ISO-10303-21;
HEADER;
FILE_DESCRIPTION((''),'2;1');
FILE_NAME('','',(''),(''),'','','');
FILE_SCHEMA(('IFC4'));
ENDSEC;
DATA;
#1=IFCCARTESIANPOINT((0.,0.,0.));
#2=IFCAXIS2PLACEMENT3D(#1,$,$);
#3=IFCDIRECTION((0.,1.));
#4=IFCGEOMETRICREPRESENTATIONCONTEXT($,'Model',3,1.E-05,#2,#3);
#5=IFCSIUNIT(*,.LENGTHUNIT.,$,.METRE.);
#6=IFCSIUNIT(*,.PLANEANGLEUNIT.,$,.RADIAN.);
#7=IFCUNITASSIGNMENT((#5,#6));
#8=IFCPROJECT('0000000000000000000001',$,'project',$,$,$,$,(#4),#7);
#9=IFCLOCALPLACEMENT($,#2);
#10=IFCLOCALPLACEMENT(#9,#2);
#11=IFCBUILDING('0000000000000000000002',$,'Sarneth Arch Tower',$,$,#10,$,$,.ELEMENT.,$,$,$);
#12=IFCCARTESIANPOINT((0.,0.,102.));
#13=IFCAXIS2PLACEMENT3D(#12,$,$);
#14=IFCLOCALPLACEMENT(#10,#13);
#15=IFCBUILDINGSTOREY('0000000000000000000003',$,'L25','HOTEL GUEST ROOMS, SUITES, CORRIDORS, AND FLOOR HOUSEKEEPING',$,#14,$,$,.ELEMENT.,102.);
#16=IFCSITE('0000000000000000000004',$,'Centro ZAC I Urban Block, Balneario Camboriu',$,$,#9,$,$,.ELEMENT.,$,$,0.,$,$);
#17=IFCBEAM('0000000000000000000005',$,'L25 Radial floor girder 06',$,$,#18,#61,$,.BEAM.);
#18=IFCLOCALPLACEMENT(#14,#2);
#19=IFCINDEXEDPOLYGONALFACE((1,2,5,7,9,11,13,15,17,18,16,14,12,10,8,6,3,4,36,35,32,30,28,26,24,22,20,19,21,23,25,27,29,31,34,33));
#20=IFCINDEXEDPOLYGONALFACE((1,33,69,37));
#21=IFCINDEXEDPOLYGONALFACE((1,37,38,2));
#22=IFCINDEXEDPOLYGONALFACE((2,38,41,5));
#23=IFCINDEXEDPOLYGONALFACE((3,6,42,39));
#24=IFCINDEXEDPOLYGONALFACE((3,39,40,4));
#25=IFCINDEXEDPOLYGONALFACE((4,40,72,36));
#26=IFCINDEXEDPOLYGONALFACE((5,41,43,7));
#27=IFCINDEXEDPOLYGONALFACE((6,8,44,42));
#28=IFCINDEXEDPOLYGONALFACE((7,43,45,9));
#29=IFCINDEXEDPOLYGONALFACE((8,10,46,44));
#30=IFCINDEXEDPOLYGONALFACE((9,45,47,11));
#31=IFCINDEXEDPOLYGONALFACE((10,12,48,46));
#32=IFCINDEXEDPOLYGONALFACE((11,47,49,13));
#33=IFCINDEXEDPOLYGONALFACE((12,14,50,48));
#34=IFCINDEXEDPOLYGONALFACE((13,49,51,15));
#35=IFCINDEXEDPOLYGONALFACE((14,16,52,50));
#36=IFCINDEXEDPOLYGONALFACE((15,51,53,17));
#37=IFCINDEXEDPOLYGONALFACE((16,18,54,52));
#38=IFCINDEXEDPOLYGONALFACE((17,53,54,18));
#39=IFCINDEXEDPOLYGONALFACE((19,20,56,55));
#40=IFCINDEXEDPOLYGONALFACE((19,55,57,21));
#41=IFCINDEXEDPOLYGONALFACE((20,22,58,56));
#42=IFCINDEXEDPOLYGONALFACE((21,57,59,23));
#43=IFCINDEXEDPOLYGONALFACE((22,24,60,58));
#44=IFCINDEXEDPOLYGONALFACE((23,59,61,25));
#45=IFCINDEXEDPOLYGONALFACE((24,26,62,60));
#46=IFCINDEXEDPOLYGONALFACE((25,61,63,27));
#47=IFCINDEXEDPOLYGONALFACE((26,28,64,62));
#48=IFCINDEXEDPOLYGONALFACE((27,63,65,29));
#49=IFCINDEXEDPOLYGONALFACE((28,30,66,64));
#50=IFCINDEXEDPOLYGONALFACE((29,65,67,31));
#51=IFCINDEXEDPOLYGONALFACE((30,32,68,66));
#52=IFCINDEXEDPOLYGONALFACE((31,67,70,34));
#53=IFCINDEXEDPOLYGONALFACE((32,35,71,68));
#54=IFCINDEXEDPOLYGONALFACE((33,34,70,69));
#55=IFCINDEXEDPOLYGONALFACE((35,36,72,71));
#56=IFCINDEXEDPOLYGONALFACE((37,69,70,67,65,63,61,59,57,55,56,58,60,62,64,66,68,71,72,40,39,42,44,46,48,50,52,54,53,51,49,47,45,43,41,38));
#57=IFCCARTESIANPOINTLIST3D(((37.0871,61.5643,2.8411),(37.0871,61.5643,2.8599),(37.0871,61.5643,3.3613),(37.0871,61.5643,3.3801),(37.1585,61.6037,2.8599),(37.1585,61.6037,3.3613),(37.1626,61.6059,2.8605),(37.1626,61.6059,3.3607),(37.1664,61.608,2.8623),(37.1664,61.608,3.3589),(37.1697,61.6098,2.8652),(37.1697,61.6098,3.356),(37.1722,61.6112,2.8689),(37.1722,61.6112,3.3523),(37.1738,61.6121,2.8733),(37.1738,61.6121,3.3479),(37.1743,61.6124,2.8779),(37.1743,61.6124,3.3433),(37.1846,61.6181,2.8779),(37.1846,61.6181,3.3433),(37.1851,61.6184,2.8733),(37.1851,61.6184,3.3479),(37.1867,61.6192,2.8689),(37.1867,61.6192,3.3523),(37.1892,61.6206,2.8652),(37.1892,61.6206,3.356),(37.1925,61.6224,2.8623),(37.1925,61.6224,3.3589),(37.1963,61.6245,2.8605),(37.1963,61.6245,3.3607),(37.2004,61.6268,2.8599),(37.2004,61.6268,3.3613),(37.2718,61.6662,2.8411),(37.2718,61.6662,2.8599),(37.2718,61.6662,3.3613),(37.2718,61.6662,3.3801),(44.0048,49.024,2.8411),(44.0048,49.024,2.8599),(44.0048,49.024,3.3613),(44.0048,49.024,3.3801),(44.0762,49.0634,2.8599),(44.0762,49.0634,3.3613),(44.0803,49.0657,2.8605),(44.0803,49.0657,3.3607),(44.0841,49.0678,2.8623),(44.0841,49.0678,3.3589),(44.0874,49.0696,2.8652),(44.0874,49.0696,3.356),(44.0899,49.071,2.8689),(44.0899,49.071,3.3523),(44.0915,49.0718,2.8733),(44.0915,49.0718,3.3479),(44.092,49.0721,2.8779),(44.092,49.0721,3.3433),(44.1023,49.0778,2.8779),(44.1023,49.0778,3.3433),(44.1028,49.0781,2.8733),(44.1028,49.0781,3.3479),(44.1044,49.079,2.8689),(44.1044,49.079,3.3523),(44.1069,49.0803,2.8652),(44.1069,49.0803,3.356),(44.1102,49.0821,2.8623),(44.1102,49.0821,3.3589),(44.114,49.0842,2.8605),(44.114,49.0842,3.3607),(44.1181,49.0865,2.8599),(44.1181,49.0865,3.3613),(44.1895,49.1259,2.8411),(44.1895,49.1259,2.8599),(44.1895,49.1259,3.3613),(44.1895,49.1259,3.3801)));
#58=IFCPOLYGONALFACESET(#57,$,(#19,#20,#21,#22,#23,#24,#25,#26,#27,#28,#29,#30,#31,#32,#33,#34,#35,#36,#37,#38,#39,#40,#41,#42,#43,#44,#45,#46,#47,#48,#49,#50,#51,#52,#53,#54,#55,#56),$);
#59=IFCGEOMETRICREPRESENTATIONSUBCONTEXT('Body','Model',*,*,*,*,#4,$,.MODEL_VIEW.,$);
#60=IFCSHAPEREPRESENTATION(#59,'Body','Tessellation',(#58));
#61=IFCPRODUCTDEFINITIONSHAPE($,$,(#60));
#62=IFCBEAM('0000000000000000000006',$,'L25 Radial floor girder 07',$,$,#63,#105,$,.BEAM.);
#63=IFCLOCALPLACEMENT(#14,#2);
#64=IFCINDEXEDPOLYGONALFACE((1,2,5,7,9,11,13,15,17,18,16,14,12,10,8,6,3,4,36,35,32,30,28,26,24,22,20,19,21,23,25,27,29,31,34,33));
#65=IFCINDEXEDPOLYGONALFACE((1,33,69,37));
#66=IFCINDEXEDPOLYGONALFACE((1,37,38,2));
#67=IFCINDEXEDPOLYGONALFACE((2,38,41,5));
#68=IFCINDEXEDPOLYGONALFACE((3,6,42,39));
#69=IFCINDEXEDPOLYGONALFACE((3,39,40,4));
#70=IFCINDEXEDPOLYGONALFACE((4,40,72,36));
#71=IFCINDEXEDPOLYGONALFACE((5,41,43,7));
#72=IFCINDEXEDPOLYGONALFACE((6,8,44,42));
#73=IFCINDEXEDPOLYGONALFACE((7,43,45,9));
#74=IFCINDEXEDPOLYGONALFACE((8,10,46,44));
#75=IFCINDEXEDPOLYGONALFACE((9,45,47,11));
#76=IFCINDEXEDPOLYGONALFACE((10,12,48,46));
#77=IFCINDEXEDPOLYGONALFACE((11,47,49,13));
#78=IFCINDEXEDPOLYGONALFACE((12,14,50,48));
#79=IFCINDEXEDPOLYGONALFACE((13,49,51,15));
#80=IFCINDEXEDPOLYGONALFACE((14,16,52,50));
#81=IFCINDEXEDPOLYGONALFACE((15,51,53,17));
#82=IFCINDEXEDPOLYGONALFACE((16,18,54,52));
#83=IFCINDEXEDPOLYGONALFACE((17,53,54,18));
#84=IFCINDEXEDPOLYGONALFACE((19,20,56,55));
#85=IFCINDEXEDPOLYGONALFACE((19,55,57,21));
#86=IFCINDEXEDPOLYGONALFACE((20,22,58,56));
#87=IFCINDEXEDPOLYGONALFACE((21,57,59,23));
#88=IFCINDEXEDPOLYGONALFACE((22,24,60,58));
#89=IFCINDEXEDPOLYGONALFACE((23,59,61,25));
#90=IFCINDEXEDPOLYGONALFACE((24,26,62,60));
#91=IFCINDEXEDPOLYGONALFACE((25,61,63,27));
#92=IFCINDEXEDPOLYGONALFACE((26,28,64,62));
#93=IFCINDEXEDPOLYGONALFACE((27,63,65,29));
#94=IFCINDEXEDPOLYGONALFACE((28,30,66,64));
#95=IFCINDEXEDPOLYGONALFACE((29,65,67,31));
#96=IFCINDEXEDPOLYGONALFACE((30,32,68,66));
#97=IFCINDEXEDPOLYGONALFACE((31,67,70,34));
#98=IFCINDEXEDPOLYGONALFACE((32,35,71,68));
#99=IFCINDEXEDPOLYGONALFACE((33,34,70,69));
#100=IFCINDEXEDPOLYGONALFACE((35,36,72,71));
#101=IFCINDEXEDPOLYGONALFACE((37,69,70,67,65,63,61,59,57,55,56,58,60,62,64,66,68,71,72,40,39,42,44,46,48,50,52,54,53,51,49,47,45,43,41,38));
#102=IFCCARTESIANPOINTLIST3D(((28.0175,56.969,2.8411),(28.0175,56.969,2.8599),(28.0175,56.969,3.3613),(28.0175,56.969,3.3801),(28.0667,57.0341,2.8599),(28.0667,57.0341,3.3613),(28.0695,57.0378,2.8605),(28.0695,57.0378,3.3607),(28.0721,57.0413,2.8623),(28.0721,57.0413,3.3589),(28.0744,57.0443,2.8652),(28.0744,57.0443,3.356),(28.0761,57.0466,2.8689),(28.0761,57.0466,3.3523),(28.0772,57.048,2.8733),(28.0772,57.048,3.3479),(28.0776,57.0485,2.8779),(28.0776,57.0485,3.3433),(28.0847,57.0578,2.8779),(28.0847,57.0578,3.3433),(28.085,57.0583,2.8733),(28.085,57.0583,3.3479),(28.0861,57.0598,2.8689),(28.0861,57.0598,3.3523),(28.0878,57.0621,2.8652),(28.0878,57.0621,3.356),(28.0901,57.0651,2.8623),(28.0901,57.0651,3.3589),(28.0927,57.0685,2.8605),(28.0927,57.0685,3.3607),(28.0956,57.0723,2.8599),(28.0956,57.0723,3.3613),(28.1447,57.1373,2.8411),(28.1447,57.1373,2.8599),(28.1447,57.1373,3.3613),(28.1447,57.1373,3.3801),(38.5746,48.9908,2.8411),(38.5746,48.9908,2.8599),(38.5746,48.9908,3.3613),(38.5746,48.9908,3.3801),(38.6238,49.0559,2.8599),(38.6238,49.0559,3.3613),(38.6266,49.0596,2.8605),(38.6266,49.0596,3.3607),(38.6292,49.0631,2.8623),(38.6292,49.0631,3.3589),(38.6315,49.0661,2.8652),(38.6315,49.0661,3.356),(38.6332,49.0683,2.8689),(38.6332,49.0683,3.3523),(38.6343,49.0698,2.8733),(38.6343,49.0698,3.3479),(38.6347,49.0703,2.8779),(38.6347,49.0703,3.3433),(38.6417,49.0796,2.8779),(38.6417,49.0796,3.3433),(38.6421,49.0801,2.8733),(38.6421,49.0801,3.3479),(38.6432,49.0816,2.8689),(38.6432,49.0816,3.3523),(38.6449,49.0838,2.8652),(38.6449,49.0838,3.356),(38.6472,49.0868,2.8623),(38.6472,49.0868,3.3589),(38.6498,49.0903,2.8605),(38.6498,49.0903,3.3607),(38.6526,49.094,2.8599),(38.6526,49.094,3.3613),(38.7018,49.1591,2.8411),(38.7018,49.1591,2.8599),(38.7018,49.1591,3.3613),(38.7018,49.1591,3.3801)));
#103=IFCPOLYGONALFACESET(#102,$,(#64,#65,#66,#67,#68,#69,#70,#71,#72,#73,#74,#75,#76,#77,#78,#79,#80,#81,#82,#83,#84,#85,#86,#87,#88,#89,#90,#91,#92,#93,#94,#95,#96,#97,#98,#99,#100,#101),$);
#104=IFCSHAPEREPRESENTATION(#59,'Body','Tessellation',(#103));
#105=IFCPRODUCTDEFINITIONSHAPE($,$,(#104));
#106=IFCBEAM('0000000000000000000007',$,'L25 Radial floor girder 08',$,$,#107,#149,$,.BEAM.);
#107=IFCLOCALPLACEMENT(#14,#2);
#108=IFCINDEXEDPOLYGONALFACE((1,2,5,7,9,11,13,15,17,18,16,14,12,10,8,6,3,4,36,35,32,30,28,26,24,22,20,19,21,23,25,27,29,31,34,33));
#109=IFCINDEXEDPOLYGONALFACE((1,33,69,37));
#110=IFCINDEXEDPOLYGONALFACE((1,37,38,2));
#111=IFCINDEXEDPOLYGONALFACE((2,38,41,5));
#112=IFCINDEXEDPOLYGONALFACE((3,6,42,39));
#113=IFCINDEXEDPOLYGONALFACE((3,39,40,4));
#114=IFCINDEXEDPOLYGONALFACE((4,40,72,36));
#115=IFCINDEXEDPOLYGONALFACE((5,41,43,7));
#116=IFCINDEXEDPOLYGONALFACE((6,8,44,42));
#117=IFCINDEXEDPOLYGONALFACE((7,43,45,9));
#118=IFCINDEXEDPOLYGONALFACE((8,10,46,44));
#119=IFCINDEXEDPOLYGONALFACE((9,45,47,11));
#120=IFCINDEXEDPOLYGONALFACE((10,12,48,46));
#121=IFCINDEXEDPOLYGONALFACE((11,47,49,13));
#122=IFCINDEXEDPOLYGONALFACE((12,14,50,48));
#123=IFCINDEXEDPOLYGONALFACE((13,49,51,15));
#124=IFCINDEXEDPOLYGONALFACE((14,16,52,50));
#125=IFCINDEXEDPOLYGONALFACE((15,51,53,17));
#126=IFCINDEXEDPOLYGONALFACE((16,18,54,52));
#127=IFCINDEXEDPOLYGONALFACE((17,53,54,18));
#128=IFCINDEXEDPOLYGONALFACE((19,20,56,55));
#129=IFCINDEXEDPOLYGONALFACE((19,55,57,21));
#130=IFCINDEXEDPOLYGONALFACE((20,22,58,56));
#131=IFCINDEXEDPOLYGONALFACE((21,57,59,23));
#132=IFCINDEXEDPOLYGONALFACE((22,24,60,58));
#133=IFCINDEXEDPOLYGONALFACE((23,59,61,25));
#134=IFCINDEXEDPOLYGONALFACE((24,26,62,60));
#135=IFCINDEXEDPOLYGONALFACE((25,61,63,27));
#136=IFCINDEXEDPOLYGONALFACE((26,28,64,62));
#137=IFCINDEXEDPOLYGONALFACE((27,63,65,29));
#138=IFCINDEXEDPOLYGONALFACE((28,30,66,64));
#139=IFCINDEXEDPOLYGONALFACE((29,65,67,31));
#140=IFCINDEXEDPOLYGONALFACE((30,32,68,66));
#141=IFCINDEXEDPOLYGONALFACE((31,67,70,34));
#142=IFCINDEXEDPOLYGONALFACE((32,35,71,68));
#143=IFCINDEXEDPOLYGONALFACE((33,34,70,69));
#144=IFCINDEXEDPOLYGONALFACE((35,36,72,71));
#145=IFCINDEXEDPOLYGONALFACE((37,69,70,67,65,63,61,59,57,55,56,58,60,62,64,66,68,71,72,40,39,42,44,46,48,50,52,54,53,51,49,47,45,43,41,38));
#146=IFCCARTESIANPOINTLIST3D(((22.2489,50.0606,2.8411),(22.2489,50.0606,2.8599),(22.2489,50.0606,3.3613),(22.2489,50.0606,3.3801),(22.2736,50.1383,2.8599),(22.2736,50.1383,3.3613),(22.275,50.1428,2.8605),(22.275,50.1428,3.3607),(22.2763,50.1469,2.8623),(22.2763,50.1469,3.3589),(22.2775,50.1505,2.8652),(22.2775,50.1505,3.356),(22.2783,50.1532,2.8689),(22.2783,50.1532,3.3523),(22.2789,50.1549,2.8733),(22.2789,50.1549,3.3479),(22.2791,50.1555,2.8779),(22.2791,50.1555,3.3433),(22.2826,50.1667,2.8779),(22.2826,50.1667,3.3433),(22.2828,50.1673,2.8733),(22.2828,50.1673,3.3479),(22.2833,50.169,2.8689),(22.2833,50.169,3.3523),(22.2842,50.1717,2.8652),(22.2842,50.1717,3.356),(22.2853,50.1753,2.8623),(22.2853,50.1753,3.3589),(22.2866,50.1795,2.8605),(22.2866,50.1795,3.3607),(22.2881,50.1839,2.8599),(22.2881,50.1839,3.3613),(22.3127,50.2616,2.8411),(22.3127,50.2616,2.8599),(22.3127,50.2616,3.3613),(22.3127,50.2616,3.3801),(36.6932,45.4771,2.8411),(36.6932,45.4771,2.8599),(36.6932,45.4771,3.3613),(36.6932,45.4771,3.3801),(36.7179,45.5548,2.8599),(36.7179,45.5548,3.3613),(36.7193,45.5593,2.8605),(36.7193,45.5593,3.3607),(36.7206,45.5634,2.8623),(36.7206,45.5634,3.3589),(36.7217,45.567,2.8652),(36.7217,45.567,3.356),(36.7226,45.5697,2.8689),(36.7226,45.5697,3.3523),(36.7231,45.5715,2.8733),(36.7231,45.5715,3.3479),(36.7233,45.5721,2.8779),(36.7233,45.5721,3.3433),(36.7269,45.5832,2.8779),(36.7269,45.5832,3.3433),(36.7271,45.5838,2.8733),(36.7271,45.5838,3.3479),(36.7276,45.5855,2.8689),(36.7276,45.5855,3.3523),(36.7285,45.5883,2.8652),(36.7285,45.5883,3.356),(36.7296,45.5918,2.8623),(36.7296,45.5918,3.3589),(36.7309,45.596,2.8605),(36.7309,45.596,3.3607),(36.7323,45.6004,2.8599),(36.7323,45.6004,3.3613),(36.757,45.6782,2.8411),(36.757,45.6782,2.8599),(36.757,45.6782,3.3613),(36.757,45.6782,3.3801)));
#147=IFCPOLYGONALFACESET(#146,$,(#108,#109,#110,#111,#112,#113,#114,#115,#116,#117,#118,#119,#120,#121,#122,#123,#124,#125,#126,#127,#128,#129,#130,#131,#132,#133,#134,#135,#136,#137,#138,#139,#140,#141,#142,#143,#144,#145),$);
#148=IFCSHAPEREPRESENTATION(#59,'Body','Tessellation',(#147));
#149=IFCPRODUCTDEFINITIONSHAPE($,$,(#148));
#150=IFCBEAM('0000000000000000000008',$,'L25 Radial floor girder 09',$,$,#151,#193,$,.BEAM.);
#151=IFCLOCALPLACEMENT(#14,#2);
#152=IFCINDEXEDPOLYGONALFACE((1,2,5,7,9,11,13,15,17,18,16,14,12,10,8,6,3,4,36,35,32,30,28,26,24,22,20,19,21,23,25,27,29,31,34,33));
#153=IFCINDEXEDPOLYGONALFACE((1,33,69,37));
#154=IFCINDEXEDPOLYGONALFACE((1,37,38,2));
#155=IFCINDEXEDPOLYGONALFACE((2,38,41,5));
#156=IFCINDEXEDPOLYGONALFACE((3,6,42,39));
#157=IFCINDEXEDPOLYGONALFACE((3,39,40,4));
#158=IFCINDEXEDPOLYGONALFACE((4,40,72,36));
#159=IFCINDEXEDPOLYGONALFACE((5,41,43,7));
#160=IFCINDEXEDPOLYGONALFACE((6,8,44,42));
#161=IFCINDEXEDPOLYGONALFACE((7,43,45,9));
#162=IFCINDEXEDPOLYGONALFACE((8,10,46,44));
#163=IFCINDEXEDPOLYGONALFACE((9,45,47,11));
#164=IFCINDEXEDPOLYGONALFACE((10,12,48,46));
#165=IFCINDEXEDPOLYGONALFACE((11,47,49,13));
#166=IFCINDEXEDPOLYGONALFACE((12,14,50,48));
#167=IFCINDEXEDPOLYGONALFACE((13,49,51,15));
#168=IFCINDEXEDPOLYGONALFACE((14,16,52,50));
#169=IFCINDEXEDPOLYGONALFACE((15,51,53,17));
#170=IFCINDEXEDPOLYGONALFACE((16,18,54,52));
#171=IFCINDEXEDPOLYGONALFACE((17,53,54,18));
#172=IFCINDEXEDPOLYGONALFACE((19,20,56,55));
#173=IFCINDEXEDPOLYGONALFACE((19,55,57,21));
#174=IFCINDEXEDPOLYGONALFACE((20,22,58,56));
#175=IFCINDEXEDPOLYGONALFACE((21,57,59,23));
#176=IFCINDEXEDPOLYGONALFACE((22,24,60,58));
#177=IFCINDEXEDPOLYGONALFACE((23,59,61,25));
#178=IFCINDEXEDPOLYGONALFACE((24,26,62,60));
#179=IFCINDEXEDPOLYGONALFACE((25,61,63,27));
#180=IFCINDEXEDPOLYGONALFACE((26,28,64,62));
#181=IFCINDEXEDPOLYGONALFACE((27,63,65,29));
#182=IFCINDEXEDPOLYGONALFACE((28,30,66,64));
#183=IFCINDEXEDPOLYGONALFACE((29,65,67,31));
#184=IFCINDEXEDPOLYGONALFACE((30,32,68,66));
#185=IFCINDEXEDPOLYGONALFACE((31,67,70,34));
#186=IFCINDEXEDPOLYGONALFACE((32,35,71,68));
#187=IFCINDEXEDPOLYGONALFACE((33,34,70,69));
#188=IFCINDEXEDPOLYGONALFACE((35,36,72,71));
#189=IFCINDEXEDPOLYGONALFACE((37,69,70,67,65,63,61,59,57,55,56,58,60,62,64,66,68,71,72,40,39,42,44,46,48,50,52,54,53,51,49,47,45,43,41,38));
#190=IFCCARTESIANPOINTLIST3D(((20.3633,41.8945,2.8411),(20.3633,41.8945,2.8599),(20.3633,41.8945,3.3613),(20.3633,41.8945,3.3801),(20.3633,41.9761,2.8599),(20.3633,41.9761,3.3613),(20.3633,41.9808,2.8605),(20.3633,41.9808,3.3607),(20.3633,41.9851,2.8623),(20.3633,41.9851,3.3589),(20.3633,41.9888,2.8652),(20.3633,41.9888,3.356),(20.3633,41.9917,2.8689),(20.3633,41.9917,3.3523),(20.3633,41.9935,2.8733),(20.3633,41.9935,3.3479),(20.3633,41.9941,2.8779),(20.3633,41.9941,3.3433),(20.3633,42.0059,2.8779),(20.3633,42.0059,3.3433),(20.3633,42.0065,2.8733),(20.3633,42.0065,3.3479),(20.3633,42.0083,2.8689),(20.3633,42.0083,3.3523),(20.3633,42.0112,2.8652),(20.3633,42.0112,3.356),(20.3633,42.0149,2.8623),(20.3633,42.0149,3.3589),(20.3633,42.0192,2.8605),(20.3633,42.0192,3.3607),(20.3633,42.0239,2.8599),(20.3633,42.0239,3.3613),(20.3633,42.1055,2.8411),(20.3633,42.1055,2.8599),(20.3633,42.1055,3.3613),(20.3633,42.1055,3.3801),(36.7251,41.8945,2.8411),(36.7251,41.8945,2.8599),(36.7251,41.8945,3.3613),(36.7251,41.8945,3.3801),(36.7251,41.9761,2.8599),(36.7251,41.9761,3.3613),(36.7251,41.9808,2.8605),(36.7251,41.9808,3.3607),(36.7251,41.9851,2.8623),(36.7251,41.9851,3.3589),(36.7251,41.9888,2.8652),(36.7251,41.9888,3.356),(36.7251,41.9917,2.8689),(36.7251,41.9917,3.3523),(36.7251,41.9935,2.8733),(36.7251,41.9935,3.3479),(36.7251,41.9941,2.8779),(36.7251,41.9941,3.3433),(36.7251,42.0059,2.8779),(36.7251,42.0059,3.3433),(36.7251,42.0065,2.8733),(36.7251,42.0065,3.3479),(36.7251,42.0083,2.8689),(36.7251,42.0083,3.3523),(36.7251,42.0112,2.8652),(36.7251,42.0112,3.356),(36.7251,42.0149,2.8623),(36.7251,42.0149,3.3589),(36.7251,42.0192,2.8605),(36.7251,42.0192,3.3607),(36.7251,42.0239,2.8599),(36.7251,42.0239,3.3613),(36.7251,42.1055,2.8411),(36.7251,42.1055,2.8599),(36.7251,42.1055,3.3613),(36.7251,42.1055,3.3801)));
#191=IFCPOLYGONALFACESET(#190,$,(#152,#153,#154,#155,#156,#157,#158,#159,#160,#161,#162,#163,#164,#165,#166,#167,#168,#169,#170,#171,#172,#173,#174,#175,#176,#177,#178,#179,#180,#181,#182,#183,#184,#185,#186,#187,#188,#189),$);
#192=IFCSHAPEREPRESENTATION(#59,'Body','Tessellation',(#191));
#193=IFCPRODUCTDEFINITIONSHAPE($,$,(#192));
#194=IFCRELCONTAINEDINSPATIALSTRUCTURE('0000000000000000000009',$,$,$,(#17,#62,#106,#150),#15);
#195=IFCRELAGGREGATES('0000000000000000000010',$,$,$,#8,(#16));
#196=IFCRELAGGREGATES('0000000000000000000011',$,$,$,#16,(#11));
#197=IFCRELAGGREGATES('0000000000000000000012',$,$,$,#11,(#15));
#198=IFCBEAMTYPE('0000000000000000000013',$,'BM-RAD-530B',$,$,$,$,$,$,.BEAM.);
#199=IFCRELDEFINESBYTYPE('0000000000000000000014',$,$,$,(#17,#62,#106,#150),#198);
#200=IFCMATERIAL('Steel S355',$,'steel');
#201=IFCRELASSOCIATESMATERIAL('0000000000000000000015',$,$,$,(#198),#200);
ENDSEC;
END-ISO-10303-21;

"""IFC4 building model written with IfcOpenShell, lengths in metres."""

from ifc_helpers import new_model, si_unit, direction, frame, origin, origin_2d, place, context, subcontext, project, spatial, i_section, extrude, material, material_profile, profile_set, type_object, element, save


model = new_model("IFC4")

# Units and contexts
model_context = context("Model", 3, precision=1e-05, world=origin(), true_north=direction((0.0, 1.0)))
body_context = subcontext(model_context, "Body", "Model", "MODEL_VIEW")
ifc_project = project(units=[si_unit("LENGTHUNIT", "METRE"), si_unit("PLANEANGLEUNIT", "RADIAN")], contexts=[model_context])

# Site, building, storey
site_placement = place(None, origin())
site = spatial("IfcSite", under=ifc_project, at=site_placement, Name="Centro ZAC I Urban Block, Balneario Camboriu", CompositionType="ELEMENT", RefElevation=0.0)
building_placement = place(site_placement, origin())
building = spatial("IfcBuilding", under=site, at=building_placement, Name="Sarneth Arch Tower", CompositionType="ELEMENT")
storey_placement = place(building_placement, frame((0.0, 0.0, 102.0)))
storey = spatial("IfcBuildingStorey", under=building, at=storey_placement, Name="L25", Description="HOTEL GUEST ROOMS, SUITES, CORRIDORS, AND FLOOR HOUSEKEEPING", CompositionType="ELEMENT", Elevation=102.0)

# Beams
ifc_material_1 = material(Name="Steel S355", Category="steel")
ifc_material_profile = material_profile(ifc_material_1, i_section(OverallWidth=0.2109, OverallDepth=0.5391, WebThickness=0.0117, FlangeThickness=0.0188, FilletRadius=0.0181, at=origin_2d()), Name="W530x109")
ifc_profile_set = profile_set([ifc_material_profile], Name="Steel S355")
beam_type = type_object("IfcBeamType", Name="BM-RAD-530B", PredefinedType="BEAM", material=ifc_profile_set)
beam_1_placement = place(storey_placement, frame((44.0972, 49.075, 3.1106), z_axis=(-0.483021, 0.875609, 0.0), x_axis=(-0.875609, -0.483021, 0.0)))
element("IfcBeam", 1, at=beam_1_placement, inside=storey, type_object=beam_type, Name="L25 Radial floor girder 06", PredefinedType="BEAM", context=body_context, shape_type="SweptSolid", body=[
    extrude(i_section(OverallWidth=0.2109, OverallDepth=0.5391, WebThickness=0.0117, FlangeThickness=0.0188, FilletRadius=0.0181, at=origin_2d()), origin(), (0.0, 0.0, 1.0), 14.3218),
])
beam_2_placement = place(storey_placement, frame((38.6382, 49.075, 3.1106), z_axis=(-0.797803, 0.602918, 0.0), x_axis=(-0.602918, -0.797803, 0.0)))
element("IfcBeam", 2, at=beam_2_placement, inside=storey, type_object=beam_type, Name="L25 Radial floor girder 07", PredefinedType="BEAM", context=body_context, shape_type="SweptSolid", body=[
    extrude(i_section(OverallWidth=0.2109, OverallDepth=0.5391, WebThickness=0.0117, FlangeThickness=0.0188, FilletRadius=0.0181, at=origin_2d()), origin(), (0.0, 0.0, 1.0), 13.2327),
])
beam_3_placement = place(storey_placement, frame((36.7251, 45.5776, 3.1106), z_axis=(-0.953162, 0.302459, 0.0), x_axis=(-0.302459, -0.953162, 0.0)))
element("IfcBeam", 3, at=beam_3_placement, inside=storey, type_object=beam_type, Name="L25 Radial floor girder 08", PredefinedType="BEAM", context=body_context, shape_type="SweptSolid", body=[
    extrude(i_section(OverallWidth=0.2109, OverallDepth=0.5391, WebThickness=0.0117, FlangeThickness=0.0188, FilletRadius=0.0181, at=origin_2d()), origin(), (0.0, 0.0, 1.0), 15.1541),
])
beam_4_placement = place(storey_placement, frame((36.7251, 42.0, 3.1106), z_axis=(-1.0, 0.0, 0.0), x_axis=(0.0, -1.0, 0.0)))
element("IfcBeam", 4, at=beam_4_placement, inside=storey, type_object=beam_type, Name="L25 Radial floor girder 09", PredefinedType="BEAM", context=body_context, shape_type="SweptSolid", body=[
    extrude(i_section(OverallWidth=0.2109, OverallDepth=0.5391, WebThickness=0.0117, FlangeThickness=0.0188, FilletRadius=0.0181, at=origin_2d()), origin(), (0.0, 0.0, 1.0), 16.3618),
])

save(model, "model.ifc")
